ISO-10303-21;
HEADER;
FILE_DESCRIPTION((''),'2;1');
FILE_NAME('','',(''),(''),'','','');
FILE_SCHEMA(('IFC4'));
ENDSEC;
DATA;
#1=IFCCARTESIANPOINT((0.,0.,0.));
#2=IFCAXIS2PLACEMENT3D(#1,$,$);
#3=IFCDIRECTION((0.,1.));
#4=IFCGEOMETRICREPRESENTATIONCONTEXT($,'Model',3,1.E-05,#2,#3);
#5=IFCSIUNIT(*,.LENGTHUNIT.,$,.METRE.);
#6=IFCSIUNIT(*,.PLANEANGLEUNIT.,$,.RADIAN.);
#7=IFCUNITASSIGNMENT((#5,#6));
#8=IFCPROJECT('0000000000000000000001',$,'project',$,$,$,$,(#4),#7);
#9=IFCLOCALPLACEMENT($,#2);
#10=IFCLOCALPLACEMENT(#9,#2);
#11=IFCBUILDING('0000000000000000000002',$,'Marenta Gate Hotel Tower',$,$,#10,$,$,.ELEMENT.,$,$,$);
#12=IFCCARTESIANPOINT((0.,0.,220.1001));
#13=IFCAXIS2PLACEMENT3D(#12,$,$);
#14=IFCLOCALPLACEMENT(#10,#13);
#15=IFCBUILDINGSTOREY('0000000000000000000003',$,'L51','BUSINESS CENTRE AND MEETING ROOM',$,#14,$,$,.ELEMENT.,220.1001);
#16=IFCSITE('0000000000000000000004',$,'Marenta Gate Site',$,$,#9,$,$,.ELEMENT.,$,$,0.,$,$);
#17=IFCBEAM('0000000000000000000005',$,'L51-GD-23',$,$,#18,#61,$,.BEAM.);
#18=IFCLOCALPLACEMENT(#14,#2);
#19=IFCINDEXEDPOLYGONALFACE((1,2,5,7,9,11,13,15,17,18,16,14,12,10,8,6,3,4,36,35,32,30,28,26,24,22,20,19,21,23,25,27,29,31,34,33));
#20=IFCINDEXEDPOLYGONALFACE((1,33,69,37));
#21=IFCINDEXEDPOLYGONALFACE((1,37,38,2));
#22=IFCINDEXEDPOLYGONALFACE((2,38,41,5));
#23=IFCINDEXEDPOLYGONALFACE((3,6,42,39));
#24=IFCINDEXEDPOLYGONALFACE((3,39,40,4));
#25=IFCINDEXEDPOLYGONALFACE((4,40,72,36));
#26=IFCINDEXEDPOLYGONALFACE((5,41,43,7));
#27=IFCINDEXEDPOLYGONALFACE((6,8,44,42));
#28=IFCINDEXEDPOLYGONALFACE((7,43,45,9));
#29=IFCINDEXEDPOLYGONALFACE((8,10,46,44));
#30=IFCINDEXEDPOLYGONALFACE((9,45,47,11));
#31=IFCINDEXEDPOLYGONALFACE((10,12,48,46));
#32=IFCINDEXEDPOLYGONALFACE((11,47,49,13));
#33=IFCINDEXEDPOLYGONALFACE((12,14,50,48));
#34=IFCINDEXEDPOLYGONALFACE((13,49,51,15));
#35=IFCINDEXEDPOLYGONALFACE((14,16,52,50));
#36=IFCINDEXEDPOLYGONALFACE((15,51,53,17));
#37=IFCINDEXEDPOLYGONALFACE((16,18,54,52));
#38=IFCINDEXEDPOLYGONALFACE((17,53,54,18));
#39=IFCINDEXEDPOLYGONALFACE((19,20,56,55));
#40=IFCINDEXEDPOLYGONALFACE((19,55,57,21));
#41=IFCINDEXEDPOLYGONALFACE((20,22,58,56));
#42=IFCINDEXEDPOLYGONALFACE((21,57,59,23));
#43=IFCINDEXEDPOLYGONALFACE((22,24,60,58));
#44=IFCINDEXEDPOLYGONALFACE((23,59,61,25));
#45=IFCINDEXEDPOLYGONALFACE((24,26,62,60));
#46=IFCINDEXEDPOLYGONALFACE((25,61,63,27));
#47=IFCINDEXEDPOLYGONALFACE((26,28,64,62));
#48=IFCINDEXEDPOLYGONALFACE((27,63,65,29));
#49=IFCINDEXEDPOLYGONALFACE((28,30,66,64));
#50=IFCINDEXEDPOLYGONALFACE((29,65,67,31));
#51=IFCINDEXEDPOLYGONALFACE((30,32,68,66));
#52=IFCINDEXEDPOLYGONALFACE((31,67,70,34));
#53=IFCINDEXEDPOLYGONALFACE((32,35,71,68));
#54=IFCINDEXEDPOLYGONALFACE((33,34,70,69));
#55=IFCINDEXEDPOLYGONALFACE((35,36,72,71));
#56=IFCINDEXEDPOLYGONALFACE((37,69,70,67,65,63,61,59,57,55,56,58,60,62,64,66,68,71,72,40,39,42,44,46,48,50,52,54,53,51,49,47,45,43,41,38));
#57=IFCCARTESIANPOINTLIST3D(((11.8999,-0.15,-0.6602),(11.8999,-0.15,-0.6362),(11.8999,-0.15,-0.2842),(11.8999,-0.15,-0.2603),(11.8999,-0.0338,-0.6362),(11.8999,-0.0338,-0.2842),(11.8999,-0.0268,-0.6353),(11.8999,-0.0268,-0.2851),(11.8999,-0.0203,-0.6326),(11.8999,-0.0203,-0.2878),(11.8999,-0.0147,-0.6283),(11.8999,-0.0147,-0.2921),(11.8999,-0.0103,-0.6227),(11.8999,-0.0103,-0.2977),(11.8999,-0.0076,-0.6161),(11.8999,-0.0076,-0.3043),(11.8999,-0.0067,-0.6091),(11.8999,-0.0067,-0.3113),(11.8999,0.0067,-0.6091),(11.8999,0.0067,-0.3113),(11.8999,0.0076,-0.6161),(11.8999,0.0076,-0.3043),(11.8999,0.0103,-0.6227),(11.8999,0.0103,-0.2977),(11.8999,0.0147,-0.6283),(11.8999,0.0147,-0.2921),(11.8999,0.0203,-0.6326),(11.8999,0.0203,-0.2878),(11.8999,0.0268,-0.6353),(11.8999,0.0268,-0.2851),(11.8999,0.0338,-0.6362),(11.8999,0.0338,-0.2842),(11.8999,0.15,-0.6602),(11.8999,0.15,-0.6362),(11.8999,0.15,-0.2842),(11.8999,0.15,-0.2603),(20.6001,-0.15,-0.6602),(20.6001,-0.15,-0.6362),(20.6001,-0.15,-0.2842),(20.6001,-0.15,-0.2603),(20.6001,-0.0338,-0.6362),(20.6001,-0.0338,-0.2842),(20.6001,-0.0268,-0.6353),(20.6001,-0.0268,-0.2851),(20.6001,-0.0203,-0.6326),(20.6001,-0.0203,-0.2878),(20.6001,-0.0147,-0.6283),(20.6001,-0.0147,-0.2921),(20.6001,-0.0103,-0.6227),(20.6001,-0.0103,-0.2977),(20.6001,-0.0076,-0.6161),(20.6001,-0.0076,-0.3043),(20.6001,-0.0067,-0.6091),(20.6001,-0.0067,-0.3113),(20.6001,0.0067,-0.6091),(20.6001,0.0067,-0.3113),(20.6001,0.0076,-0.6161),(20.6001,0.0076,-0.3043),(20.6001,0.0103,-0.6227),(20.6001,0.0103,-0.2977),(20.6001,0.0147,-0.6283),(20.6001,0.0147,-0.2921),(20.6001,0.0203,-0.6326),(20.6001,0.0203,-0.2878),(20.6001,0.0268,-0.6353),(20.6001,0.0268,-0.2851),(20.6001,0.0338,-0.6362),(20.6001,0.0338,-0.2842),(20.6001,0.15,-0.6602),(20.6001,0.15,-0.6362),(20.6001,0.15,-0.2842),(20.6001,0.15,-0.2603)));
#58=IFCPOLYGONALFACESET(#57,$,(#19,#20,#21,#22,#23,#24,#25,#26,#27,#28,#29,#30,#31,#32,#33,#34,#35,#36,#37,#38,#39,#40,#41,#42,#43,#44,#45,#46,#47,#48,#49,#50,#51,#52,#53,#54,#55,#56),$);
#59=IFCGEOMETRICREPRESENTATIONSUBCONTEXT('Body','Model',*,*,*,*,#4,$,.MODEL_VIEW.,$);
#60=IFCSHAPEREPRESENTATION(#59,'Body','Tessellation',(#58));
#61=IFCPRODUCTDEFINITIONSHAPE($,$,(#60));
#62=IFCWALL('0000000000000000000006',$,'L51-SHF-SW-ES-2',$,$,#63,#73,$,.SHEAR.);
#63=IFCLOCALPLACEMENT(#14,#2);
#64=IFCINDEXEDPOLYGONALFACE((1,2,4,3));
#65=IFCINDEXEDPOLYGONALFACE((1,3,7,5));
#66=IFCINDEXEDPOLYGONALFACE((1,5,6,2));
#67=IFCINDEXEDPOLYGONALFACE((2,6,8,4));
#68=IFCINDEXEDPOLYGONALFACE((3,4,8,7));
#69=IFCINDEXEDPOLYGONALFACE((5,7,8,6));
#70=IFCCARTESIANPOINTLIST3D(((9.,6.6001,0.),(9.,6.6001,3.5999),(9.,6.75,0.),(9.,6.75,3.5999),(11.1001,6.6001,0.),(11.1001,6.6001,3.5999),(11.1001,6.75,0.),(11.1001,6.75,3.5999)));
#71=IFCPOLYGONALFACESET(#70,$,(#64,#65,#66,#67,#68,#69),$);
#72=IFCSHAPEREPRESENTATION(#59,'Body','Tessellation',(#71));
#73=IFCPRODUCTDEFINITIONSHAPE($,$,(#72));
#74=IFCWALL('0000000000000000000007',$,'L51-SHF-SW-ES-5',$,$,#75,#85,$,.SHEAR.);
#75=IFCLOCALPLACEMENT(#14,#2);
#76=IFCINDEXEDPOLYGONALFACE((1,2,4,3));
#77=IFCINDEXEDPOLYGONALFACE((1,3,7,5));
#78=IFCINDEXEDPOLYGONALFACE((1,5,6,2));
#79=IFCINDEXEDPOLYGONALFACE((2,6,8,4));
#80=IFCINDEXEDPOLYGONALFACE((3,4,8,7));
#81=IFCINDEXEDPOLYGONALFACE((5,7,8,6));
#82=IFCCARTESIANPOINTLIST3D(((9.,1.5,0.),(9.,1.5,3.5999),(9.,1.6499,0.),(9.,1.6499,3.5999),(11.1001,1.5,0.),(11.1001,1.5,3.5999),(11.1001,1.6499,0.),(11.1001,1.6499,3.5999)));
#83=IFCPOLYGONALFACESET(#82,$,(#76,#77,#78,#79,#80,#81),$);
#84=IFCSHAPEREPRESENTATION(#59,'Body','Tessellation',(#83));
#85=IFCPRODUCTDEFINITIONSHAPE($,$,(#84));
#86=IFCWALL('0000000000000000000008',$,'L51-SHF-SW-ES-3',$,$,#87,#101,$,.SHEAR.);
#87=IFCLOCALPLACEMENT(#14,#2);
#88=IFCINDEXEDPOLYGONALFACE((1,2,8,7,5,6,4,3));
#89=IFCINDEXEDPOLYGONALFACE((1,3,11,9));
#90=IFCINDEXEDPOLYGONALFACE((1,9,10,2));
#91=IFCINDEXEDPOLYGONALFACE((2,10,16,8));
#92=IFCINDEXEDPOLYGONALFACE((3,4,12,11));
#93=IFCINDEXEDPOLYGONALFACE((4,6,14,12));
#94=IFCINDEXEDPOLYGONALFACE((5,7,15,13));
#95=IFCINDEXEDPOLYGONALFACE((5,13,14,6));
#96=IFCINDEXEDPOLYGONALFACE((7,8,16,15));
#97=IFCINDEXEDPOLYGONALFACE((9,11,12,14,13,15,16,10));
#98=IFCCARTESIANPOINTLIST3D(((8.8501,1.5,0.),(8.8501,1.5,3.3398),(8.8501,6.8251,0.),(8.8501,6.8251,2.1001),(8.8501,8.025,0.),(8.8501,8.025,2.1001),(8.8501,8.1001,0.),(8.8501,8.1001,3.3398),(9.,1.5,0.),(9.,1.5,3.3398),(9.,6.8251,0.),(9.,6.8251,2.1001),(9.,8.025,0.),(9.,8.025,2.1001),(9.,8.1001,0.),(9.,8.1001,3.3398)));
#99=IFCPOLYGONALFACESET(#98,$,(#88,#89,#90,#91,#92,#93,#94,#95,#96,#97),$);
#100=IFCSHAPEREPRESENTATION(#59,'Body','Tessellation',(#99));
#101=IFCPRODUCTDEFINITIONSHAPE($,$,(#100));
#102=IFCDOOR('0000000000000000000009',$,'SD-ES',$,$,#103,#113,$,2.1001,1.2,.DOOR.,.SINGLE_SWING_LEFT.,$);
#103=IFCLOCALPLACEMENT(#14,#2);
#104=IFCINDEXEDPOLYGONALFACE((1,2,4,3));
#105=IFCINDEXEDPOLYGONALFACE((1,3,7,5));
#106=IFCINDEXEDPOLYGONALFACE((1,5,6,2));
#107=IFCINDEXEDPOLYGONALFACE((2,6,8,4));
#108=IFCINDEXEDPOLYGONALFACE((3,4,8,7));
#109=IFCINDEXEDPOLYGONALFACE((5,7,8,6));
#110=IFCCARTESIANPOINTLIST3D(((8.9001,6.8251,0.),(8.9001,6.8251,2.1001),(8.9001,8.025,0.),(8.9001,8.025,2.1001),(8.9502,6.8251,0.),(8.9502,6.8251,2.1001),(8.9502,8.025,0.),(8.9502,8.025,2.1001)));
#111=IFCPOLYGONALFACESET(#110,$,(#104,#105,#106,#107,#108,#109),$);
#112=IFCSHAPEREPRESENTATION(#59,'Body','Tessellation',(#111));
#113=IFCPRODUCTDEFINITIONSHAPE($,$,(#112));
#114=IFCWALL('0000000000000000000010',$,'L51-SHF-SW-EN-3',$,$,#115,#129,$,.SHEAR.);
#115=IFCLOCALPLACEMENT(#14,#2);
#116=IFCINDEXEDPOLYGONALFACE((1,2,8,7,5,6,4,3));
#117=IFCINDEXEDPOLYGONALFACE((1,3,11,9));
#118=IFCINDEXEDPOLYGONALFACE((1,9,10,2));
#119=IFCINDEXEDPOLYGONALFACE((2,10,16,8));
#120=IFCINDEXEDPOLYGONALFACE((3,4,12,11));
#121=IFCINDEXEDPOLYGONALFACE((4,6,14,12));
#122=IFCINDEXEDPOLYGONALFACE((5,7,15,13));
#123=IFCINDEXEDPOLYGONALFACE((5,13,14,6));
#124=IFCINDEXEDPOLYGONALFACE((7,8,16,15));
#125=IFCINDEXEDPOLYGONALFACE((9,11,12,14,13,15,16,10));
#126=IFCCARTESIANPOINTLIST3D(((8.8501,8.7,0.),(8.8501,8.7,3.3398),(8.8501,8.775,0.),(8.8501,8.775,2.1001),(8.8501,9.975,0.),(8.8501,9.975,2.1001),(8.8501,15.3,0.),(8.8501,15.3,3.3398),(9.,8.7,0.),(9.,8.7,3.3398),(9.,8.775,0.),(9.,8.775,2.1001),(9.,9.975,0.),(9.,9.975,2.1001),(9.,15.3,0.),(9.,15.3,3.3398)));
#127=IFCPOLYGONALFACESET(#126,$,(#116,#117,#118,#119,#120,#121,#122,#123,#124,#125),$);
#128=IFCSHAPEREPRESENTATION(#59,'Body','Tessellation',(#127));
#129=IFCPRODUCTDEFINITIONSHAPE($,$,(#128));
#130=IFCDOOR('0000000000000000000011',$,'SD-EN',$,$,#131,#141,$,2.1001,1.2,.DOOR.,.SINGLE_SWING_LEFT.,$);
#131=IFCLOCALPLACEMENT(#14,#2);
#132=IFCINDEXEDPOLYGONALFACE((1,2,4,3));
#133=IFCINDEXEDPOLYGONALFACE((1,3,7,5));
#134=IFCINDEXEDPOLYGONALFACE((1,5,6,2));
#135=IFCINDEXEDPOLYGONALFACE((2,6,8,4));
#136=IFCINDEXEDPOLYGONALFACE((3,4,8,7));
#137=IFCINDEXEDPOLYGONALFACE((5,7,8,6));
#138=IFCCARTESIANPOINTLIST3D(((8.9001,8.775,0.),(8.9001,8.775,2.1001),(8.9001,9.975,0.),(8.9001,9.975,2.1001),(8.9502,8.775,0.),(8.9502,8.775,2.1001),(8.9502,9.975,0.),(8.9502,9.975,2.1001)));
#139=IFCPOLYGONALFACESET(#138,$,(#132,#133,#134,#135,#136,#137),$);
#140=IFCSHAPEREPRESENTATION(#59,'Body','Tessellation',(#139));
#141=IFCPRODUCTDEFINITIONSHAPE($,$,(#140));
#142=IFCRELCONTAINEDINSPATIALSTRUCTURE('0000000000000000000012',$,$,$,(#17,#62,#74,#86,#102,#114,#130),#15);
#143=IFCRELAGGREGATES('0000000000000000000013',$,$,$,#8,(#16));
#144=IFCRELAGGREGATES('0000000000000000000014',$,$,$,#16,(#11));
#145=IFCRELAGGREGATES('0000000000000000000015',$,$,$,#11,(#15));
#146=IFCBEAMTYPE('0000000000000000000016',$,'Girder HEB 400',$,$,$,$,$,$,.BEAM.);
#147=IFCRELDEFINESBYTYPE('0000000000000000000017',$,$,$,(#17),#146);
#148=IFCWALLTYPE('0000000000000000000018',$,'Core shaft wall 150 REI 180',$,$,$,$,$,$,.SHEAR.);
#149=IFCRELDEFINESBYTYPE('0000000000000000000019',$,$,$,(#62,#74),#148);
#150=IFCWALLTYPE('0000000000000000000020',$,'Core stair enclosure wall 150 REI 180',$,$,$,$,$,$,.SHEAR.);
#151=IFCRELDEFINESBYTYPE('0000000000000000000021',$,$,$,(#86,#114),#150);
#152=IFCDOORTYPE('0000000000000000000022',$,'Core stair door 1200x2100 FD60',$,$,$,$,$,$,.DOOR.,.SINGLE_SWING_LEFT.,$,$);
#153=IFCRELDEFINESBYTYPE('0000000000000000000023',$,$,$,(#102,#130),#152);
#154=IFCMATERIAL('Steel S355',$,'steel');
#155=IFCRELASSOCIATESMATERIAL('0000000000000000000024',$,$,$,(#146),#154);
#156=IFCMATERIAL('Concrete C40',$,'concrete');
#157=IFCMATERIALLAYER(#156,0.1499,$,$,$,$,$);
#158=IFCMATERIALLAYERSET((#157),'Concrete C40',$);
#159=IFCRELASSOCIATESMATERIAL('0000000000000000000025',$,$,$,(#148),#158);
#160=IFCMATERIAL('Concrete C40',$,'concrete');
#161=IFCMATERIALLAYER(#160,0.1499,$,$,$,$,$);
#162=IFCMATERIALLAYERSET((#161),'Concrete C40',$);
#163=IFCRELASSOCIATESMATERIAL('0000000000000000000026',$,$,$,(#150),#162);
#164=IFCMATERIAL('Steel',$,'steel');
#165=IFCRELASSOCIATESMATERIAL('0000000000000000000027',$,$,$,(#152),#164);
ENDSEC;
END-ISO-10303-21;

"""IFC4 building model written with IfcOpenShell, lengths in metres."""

from ifc_helpers import new_model, si_unit, direction, frame, frame_2d, origin, origin_2d, place, context, subcontext, project, spatial, rectangle, i_section, extrude, material, layer, layer_set, material_profile, profile_set, type_object, element, fill, save


model = new_model("IFC4")

# Units and contexts
model_context = context("Model", 3, precision=1e-05, world=origin(), true_north=direction((0.0, 1.0)))
body_context = subcontext(model_context, "Body", "Model", "MODEL_VIEW")
ifc_project = project(units=[si_unit("LENGTHUNIT", "METRE"), si_unit("PLANEANGLEUNIT", "RADIAN")], contexts=[model_context])

# Site, building, storey
site_placement = place(None, origin())
site = spatial("IfcSite", under=ifc_project, at=site_placement, Name="Marenta Gate Site", CompositionType="ELEMENT", RefElevation=0.0)
building_placement = place(site_placement, origin())
building = spatial("IfcBuilding", under=site, at=building_placement, Name="Marenta Gate Hotel Tower", CompositionType="ELEMENT")
storey_placement = place(building_placement, frame((0.0, 0.0, 220.1001)))
storey = spatial("IfcBuildingStorey", under=building, at=storey_placement, Name="L51", Description="BUSINESS CENTRE AND MEETING ROOM", CompositionType="ELEMENT", Elevation=220.1001)

# Beam
ifc_material_1 = material(Name="Steel S355", Category="steel")
ifc_material_profile = material_profile(ifc_material_1, i_section(OverallWidth=0.3, OverallDepth=0.3999, WebThickness=0.0134, FlangeThickness=0.0239, FilletRadius=0.0271, at=origin_2d()), Name="HEB 400")
ifc_profile_set = profile_set([ifc_material_profile], Name="Steel S355")
beam_type = type_object("IfcBeamType", Name="Girder HEB 400", PredefinedType="BEAM", material=ifc_profile_set)
beam_placement = place(storey_placement, frame((11.8999, 0.0, -0.4602), z_axis=(1.0, 0.0, 0.0), x_axis=(0.0, 1.0, 0.0)))
element("IfcBeam", 1, at=beam_placement, inside=storey, type_object=beam_type, Name="L51-GD-23", PredefinedType="BEAM", context=body_context, shape_type="SweptSolid", body=[
    extrude(i_section(OverallWidth=0.3, OverallDepth=0.3999, WebThickness=0.0134, FlangeThickness=0.0239, FilletRadius=0.0271, at=origin_2d()), origin(), (0.0, 0.0, 1.0), 8.7002),
])

# Walls
ifc_material_2 = material(Name="Concrete C40", Category="concrete")
ifc_layer_1 = layer(ifc_material_2, 0.1499)
ifc_layer_set_1 = layer_set([ifc_layer_1], Name="Concrete C40")
wall_type_1 = type_object("IfcWallType", Name="Core shaft wall 150 REI 180", PredefinedType="SHEAR", material=ifc_layer_set_1)
for number, where, z_axis, x_axis, name in (
    (2, (9.0, 6.675, 0.0), (0.0, 0.0, 1.0), (1.0, 0.0, 0.0), "L51-SHF-SW-ES-2"),
    (3, (9.0, 1.575, 0.0), (0.0, 0.0, 1.0), (1.0, 0.0, 0.0), "L51-SHF-SW-ES-5"),
):
    element("IfcWall", number, at=place(storey_placement, frame(where, z_axis=z_axis, x_axis=x_axis)), inside=storey, type_object=wall_type_1, Name=name, PredefinedType="SHEAR", context=body_context, shape_type="SweptSolid", body=[
        extrude(rectangle(XDim=2.1001, YDim=0.1499, at=frame_2d((1.05, 0.0))), origin(), (0.0, 0.0, 1.0), 3.5999),
    ])

# Walls, openings, doors
ifc_material_3 = material(Name="Concrete C40", Category="concrete")
ifc_layer_2 = layer(ifc_material_3, 0.1499)
ifc_layer_set_2 = layer_set([ifc_layer_2], Name="Concrete C40")
wall_type_2 = type_object("IfcWallType", Name="Core stair enclosure wall 150 REI 180", PredefinedType="SHEAR", material=ifc_layer_set_2)
wall_1_placement = place(storey_placement, frame((8.925, 1.5, 0.0), z_axis=(0.0, 0.0, 1.0), x_axis=(0.0, 1.0, 0.0)))
wall_1 = element("IfcWall", 4, at=wall_1_placement, inside=storey, type_object=wall_type_2, Name="L51-SHF-SW-ES-3", PredefinedType="SHEAR", context=body_context, shape_type="SweptSolid", body=[
    extrude(rectangle(XDim=6.6001, YDim=0.1499, at=frame_2d((3.3, 0.0))), origin(), (0.0, 0.0, 1.0), 3.3398),
])
opening_1_placement = place(wall_1_placement, frame((5.325, 0.0, 0.0)))
opening_1 = element("IfcOpeningElement", 5, at=opening_1_placement, cuts=wall_1, PredefinedType="OPENING", context=body_context, shape_type="SweptSolid", body=[
    extrude(rectangle(XDim=1.2, YDim=2.1001, at=frame_2d((0.6001, 1.05))), frame((0.0, 0.075, 0.0), z_axis=(0.0, -1.0, 0.0), x_axis=(1.0, 0.0, 0.0)), (0.0, 0.0, 1.0), 0.1499),
])
ifc_material_4 = material(Name="Steel", Category="steel")
door_type_1 = type_object("IfcDoorType", Name="Core stair door 1200x2100 FD60", OperationType="SINGLE_SWING_LEFT", PredefinedType="DOOR", material=ifc_material_4)
door_1_placement = place(opening_1_placement, origin())
door_1 = element("IfcDoor", 6, at=door_1_placement, inside=storey, type_object=door_type_1, Name="SD-ES", OperationType="SINGLE_SWING_LEFT", OverallHeight=2.1001, OverallWidth=1.2, PredefinedType="DOOR", context=body_context, shape_type="SweptSolid", body=[
    extrude(rectangle(XDim=1.2, YDim=2.1001, at=frame_2d((0.6001, 1.05))), frame((0.0, 0.0249, 0.0), z_axis=(0.0, -1.0, 0.0), x_axis=(1.0, 0.0, 0.0)), (0.0, 0.0, 1.0), 0.05),
])
fill(opening_1, door_1)
wall_2_placement = place(storey_placement, frame((8.925, 8.7, 0.0), z_axis=(0.0, 0.0, 1.0), x_axis=(0.0, 1.0, 0.0)))
wall_2 = element("IfcWall", 7, at=wall_2_placement, inside=storey, type_object=wall_type_2, Name="L51-SHF-SW-EN-3", PredefinedType="SHEAR", context=body_context, shape_type="SweptSolid", body=[
    extrude(rectangle(XDim=6.6001, YDim=0.1499, at=frame_2d((3.3, 0.0))), origin(), (0.0, 0.0, 1.0), 3.3398),
])
opening_2_placement = place(wall_2_placement, frame((0.075, 0.0, 0.0)))
opening_2 = element("IfcOpeningElement", 8, at=opening_2_placement, cuts=wall_2, PredefinedType="OPENING", context=body_context, shape_type="SweptSolid", body=[
    extrude(rectangle(XDim=1.2, YDim=2.1001, at=frame_2d((0.6001, 1.05))), frame((0.0, 0.075, 0.0), z_axis=(0.0, -1.0, 0.0), x_axis=(1.0, 0.0, 0.0)), (0.0, 0.0, 1.0), 0.1499),
])
door_2_placement = place(opening_2_placement, origin())
door_2 = element("IfcDoor", 9, at=door_2_placement, inside=storey, type_object=door_type_1, Name="SD-EN", OperationType="SINGLE_SWING_LEFT", OverallHeight=2.1001, OverallWidth=1.2, PredefinedType="DOOR", context=body_context, shape_type="SweptSolid", body=[
    extrude(rectangle(XDim=1.2, YDim=2.1001, at=frame_2d((0.6001, 1.05))), frame((0.0, 0.0249, 0.0), z_axis=(0.0, -1.0, 0.0), x_axis=(1.0, 0.0, 0.0)), (0.0, 0.0, 1.0), 0.05),
])
fill(opening_2, door_2)

save(model, "model.ifc")
